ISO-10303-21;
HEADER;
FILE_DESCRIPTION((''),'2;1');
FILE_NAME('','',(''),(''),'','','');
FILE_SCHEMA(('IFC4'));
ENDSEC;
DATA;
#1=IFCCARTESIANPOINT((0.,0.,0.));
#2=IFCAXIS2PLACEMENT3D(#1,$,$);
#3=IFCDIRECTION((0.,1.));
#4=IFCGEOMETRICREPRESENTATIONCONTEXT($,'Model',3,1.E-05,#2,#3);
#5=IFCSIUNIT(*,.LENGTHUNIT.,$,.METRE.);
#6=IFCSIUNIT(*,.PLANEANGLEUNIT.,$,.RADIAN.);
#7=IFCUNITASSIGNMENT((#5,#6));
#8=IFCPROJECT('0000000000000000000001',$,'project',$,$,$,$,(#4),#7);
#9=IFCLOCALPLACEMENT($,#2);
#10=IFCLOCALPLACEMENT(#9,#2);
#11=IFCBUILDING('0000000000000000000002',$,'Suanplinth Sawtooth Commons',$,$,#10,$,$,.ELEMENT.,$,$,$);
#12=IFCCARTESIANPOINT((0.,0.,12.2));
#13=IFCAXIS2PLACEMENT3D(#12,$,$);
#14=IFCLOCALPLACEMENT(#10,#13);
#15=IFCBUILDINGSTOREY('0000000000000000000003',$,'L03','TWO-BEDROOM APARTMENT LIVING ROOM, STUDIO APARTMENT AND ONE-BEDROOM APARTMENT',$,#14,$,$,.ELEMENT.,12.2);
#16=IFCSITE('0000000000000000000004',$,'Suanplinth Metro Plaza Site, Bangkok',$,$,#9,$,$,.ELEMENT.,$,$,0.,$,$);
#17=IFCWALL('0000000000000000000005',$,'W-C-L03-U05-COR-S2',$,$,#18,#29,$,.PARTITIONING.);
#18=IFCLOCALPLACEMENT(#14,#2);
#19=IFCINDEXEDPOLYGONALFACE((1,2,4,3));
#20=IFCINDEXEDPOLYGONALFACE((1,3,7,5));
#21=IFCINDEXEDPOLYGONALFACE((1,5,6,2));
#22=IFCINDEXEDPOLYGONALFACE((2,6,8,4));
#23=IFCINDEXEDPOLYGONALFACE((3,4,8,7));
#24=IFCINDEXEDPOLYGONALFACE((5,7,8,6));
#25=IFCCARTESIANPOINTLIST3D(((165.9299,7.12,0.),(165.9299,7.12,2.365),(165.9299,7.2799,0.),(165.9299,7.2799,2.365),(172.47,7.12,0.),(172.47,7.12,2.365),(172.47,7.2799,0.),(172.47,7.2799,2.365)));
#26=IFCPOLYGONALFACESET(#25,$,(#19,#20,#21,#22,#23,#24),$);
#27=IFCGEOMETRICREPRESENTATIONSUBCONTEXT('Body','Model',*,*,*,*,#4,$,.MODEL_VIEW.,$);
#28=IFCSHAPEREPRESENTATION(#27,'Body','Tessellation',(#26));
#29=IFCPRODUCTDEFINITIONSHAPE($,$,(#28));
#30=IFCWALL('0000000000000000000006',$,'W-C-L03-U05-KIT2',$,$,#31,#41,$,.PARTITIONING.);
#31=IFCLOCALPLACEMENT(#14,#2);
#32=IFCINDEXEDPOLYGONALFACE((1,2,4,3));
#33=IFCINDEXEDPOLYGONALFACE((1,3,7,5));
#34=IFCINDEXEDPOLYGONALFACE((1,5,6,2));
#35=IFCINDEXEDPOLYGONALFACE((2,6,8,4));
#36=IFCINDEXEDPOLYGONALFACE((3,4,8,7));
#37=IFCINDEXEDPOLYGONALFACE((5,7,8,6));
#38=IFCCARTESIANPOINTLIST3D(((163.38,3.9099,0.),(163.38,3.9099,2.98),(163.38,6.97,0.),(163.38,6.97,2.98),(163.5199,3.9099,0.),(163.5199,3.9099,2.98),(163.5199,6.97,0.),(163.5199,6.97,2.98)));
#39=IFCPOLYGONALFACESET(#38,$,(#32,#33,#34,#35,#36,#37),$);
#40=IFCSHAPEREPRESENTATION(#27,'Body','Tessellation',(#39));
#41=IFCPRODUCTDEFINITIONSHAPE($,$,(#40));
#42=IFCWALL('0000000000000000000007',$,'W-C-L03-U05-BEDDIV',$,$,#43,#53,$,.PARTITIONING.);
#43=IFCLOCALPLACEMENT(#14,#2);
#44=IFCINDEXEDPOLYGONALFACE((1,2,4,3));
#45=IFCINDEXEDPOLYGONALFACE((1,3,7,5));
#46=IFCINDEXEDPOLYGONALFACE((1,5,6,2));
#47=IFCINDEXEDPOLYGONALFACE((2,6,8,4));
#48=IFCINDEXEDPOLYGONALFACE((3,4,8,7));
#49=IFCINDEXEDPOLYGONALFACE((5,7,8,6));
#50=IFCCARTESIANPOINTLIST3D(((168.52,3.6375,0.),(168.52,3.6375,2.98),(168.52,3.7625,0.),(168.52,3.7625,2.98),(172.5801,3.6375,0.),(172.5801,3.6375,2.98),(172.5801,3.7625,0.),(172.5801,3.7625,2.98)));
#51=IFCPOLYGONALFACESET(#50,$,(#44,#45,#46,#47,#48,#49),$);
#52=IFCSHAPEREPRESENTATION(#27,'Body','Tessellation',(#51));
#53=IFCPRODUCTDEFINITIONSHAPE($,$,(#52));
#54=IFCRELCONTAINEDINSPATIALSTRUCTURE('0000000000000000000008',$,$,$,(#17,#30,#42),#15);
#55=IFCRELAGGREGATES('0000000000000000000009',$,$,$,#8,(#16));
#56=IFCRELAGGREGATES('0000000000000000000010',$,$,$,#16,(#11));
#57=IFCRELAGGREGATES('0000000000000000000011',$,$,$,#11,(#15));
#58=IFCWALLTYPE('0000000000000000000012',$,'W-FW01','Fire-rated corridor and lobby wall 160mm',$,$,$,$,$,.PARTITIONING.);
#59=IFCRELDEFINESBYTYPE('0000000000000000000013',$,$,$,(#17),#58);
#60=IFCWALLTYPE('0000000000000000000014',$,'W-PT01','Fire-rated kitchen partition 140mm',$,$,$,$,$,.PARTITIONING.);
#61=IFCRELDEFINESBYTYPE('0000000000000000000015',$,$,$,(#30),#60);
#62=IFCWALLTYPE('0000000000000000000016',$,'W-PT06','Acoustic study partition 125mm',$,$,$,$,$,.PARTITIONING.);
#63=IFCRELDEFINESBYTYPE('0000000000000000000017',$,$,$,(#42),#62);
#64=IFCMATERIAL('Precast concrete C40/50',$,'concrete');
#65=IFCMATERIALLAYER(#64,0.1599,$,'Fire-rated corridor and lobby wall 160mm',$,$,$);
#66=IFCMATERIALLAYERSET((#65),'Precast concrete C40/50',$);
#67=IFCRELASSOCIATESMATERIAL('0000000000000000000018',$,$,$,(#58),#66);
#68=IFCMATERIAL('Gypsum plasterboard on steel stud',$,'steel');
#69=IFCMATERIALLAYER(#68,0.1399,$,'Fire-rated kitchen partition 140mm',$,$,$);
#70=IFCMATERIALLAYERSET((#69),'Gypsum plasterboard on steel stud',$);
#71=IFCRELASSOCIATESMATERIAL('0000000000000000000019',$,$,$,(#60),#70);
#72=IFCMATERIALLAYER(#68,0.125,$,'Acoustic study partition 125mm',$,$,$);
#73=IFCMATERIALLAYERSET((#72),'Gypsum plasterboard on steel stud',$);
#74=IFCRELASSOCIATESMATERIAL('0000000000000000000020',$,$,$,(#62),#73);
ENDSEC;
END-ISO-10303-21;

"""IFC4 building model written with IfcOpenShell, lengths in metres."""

from ifc_helpers import new_model, si_unit, direction, frame, frame_2d, origin, place, context, subcontext, project, spatial, rectangle, extrude, material, layer, layer_set, type_object, element, save


model = new_model("IFC4")

# Units and contexts
model_context = context("Model", 3, precision=1e-05, world=origin(), true_north=direction((0.0, 1.0)))
body_context = subcontext(model_context, "Body", "Model", "MODEL_VIEW")
ifc_project = project(units=[si_unit("LENGTHUNIT", "METRE"), si_unit("PLANEANGLEUNIT", "RADIAN")], contexts=[model_context])

# Site, building, storey
site_placement = place(None, origin())
site = spatial("IfcSite", under=ifc_project, at=site_placement, Name="Suanplinth Metro Plaza Site, Bangkok", CompositionType="ELEMENT", RefElevation=0.0)
building_placement = place(site_placement, origin())
building = spatial("IfcBuilding", under=site, at=building_placement, Name="Suanplinth Sawtooth Commons", CompositionType="ELEMENT")
storey_placement = place(building_placement, frame((0.0, 0.0, 12.2)))
storey = spatial("IfcBuildingStorey", under=building, at=storey_placement, Name="L03", Description="TWO-BEDROOM APARTMENT LIVING ROOM, STUDIO APARTMENT AND ONE-BEDROOM APARTMENT", CompositionType="ELEMENT", Elevation=12.2)

# Shared definitions
ifc_material_1 = material(Name="Precast concrete C40/50", Category="concrete")

# Shared definitions
ifc_layer_1 = layer(ifc_material_1, 0.1599, Name="Fire-rated corridor and lobby wall 160mm")
ifc_layer_set_1 = layer_set([ifc_layer_1], Name="Precast concrete C40/50")
wall_type_1 = type_object("IfcWallType", Name="W-FW01", Description="Fire-rated corridor and lobby wall 160mm", PredefinedType="PARTITIONING", material=ifc_layer_set_1)

# Walls
wall_1_placement = place(storey_placement, frame((165.9299, 7.2, 0.0), z_axis=(0.0, 0.0, 1.0), x_axis=(1.0, 0.0, 0.0)))
element("IfcWall", 1, at=wall_1_placement, inside=storey, type_object=wall_type_1, Name="W-C-L03-U05-COR-S2", PredefinedType="PARTITIONING", context=body_context, shape_type="SweptSolid", body=[
    extrude(rectangle(XDim=6.54, YDim=0.1599, at=frame_2d((3.27, 0.0))), origin(), (0.0, 0.0, 1.0), 2.365),
])
ifc_material_2 = material(Name="Gypsum plasterboard on steel stud", Category="steel")
ifc_layer_2 = layer(ifc_material_2, 0.1399, Name="Fire-rated kitchen partition 140mm")
ifc_layer_set_2 = layer_set([ifc_layer_2], Name="Gypsum plasterboard on steel stud")
wall_type_2 = type_object("IfcWallType", Name="W-PT01", Description="Fire-rated kitchen partition 140mm", PredefinedType="PARTITIONING", material=ifc_layer_set_2)
wall_2_placement = place(storey_placement, frame((163.45, 3.9099, 0.0), z_axis=(0.0, 0.0, 1.0), x_axis=(0.0, 1.0, 0.0)))
element("IfcWall", 2, at=wall_2_placement, inside=storey, type_object=wall_type_2, Name="W-C-L03-U05-KIT2", PredefinedType="PARTITIONING", context=body_context, shape_type="SweptSolid", body=[
    extrude(rectangle(XDim=3.0601, YDim=0.1399, at=frame_2d((1.53, 0.0))), origin(), (0.0, 0.0, 1.0), 2.98),
])

# Wall
ifc_layer_3 = layer(ifc_material_2, 0.125, Name="Acoustic study partition 125mm")
ifc_layer_set_3 = layer_set([ifc_layer_3], Name="Gypsum plasterboard on steel stud")
wall_type_3 = type_object("IfcWallType", Name="W-PT06", Description="Acoustic study partition 125mm", PredefinedType="PARTITIONING", material=ifc_layer_set_3)
wall_3_placement = place(storey_placement, frame((168.52, 3.7, 0.0), z_axis=(0.0, 0.0, 1.0), x_axis=(1.0, 0.0, 0.0)))
element("IfcWall", 3, at=wall_3_placement, inside=storey, type_object=wall_type_3, Name="W-C-L03-U05-BEDDIV", PredefinedType="PARTITIONING", context=body_context, shape_type="SweptSolid", body=[
    extrude(rectangle(XDim=4.0601, YDim=0.125, at=frame_2d((2.03, 0.0))), origin(), (0.0, 0.0, 1.0), 2.98),
])

save(model, "model.ifc")
